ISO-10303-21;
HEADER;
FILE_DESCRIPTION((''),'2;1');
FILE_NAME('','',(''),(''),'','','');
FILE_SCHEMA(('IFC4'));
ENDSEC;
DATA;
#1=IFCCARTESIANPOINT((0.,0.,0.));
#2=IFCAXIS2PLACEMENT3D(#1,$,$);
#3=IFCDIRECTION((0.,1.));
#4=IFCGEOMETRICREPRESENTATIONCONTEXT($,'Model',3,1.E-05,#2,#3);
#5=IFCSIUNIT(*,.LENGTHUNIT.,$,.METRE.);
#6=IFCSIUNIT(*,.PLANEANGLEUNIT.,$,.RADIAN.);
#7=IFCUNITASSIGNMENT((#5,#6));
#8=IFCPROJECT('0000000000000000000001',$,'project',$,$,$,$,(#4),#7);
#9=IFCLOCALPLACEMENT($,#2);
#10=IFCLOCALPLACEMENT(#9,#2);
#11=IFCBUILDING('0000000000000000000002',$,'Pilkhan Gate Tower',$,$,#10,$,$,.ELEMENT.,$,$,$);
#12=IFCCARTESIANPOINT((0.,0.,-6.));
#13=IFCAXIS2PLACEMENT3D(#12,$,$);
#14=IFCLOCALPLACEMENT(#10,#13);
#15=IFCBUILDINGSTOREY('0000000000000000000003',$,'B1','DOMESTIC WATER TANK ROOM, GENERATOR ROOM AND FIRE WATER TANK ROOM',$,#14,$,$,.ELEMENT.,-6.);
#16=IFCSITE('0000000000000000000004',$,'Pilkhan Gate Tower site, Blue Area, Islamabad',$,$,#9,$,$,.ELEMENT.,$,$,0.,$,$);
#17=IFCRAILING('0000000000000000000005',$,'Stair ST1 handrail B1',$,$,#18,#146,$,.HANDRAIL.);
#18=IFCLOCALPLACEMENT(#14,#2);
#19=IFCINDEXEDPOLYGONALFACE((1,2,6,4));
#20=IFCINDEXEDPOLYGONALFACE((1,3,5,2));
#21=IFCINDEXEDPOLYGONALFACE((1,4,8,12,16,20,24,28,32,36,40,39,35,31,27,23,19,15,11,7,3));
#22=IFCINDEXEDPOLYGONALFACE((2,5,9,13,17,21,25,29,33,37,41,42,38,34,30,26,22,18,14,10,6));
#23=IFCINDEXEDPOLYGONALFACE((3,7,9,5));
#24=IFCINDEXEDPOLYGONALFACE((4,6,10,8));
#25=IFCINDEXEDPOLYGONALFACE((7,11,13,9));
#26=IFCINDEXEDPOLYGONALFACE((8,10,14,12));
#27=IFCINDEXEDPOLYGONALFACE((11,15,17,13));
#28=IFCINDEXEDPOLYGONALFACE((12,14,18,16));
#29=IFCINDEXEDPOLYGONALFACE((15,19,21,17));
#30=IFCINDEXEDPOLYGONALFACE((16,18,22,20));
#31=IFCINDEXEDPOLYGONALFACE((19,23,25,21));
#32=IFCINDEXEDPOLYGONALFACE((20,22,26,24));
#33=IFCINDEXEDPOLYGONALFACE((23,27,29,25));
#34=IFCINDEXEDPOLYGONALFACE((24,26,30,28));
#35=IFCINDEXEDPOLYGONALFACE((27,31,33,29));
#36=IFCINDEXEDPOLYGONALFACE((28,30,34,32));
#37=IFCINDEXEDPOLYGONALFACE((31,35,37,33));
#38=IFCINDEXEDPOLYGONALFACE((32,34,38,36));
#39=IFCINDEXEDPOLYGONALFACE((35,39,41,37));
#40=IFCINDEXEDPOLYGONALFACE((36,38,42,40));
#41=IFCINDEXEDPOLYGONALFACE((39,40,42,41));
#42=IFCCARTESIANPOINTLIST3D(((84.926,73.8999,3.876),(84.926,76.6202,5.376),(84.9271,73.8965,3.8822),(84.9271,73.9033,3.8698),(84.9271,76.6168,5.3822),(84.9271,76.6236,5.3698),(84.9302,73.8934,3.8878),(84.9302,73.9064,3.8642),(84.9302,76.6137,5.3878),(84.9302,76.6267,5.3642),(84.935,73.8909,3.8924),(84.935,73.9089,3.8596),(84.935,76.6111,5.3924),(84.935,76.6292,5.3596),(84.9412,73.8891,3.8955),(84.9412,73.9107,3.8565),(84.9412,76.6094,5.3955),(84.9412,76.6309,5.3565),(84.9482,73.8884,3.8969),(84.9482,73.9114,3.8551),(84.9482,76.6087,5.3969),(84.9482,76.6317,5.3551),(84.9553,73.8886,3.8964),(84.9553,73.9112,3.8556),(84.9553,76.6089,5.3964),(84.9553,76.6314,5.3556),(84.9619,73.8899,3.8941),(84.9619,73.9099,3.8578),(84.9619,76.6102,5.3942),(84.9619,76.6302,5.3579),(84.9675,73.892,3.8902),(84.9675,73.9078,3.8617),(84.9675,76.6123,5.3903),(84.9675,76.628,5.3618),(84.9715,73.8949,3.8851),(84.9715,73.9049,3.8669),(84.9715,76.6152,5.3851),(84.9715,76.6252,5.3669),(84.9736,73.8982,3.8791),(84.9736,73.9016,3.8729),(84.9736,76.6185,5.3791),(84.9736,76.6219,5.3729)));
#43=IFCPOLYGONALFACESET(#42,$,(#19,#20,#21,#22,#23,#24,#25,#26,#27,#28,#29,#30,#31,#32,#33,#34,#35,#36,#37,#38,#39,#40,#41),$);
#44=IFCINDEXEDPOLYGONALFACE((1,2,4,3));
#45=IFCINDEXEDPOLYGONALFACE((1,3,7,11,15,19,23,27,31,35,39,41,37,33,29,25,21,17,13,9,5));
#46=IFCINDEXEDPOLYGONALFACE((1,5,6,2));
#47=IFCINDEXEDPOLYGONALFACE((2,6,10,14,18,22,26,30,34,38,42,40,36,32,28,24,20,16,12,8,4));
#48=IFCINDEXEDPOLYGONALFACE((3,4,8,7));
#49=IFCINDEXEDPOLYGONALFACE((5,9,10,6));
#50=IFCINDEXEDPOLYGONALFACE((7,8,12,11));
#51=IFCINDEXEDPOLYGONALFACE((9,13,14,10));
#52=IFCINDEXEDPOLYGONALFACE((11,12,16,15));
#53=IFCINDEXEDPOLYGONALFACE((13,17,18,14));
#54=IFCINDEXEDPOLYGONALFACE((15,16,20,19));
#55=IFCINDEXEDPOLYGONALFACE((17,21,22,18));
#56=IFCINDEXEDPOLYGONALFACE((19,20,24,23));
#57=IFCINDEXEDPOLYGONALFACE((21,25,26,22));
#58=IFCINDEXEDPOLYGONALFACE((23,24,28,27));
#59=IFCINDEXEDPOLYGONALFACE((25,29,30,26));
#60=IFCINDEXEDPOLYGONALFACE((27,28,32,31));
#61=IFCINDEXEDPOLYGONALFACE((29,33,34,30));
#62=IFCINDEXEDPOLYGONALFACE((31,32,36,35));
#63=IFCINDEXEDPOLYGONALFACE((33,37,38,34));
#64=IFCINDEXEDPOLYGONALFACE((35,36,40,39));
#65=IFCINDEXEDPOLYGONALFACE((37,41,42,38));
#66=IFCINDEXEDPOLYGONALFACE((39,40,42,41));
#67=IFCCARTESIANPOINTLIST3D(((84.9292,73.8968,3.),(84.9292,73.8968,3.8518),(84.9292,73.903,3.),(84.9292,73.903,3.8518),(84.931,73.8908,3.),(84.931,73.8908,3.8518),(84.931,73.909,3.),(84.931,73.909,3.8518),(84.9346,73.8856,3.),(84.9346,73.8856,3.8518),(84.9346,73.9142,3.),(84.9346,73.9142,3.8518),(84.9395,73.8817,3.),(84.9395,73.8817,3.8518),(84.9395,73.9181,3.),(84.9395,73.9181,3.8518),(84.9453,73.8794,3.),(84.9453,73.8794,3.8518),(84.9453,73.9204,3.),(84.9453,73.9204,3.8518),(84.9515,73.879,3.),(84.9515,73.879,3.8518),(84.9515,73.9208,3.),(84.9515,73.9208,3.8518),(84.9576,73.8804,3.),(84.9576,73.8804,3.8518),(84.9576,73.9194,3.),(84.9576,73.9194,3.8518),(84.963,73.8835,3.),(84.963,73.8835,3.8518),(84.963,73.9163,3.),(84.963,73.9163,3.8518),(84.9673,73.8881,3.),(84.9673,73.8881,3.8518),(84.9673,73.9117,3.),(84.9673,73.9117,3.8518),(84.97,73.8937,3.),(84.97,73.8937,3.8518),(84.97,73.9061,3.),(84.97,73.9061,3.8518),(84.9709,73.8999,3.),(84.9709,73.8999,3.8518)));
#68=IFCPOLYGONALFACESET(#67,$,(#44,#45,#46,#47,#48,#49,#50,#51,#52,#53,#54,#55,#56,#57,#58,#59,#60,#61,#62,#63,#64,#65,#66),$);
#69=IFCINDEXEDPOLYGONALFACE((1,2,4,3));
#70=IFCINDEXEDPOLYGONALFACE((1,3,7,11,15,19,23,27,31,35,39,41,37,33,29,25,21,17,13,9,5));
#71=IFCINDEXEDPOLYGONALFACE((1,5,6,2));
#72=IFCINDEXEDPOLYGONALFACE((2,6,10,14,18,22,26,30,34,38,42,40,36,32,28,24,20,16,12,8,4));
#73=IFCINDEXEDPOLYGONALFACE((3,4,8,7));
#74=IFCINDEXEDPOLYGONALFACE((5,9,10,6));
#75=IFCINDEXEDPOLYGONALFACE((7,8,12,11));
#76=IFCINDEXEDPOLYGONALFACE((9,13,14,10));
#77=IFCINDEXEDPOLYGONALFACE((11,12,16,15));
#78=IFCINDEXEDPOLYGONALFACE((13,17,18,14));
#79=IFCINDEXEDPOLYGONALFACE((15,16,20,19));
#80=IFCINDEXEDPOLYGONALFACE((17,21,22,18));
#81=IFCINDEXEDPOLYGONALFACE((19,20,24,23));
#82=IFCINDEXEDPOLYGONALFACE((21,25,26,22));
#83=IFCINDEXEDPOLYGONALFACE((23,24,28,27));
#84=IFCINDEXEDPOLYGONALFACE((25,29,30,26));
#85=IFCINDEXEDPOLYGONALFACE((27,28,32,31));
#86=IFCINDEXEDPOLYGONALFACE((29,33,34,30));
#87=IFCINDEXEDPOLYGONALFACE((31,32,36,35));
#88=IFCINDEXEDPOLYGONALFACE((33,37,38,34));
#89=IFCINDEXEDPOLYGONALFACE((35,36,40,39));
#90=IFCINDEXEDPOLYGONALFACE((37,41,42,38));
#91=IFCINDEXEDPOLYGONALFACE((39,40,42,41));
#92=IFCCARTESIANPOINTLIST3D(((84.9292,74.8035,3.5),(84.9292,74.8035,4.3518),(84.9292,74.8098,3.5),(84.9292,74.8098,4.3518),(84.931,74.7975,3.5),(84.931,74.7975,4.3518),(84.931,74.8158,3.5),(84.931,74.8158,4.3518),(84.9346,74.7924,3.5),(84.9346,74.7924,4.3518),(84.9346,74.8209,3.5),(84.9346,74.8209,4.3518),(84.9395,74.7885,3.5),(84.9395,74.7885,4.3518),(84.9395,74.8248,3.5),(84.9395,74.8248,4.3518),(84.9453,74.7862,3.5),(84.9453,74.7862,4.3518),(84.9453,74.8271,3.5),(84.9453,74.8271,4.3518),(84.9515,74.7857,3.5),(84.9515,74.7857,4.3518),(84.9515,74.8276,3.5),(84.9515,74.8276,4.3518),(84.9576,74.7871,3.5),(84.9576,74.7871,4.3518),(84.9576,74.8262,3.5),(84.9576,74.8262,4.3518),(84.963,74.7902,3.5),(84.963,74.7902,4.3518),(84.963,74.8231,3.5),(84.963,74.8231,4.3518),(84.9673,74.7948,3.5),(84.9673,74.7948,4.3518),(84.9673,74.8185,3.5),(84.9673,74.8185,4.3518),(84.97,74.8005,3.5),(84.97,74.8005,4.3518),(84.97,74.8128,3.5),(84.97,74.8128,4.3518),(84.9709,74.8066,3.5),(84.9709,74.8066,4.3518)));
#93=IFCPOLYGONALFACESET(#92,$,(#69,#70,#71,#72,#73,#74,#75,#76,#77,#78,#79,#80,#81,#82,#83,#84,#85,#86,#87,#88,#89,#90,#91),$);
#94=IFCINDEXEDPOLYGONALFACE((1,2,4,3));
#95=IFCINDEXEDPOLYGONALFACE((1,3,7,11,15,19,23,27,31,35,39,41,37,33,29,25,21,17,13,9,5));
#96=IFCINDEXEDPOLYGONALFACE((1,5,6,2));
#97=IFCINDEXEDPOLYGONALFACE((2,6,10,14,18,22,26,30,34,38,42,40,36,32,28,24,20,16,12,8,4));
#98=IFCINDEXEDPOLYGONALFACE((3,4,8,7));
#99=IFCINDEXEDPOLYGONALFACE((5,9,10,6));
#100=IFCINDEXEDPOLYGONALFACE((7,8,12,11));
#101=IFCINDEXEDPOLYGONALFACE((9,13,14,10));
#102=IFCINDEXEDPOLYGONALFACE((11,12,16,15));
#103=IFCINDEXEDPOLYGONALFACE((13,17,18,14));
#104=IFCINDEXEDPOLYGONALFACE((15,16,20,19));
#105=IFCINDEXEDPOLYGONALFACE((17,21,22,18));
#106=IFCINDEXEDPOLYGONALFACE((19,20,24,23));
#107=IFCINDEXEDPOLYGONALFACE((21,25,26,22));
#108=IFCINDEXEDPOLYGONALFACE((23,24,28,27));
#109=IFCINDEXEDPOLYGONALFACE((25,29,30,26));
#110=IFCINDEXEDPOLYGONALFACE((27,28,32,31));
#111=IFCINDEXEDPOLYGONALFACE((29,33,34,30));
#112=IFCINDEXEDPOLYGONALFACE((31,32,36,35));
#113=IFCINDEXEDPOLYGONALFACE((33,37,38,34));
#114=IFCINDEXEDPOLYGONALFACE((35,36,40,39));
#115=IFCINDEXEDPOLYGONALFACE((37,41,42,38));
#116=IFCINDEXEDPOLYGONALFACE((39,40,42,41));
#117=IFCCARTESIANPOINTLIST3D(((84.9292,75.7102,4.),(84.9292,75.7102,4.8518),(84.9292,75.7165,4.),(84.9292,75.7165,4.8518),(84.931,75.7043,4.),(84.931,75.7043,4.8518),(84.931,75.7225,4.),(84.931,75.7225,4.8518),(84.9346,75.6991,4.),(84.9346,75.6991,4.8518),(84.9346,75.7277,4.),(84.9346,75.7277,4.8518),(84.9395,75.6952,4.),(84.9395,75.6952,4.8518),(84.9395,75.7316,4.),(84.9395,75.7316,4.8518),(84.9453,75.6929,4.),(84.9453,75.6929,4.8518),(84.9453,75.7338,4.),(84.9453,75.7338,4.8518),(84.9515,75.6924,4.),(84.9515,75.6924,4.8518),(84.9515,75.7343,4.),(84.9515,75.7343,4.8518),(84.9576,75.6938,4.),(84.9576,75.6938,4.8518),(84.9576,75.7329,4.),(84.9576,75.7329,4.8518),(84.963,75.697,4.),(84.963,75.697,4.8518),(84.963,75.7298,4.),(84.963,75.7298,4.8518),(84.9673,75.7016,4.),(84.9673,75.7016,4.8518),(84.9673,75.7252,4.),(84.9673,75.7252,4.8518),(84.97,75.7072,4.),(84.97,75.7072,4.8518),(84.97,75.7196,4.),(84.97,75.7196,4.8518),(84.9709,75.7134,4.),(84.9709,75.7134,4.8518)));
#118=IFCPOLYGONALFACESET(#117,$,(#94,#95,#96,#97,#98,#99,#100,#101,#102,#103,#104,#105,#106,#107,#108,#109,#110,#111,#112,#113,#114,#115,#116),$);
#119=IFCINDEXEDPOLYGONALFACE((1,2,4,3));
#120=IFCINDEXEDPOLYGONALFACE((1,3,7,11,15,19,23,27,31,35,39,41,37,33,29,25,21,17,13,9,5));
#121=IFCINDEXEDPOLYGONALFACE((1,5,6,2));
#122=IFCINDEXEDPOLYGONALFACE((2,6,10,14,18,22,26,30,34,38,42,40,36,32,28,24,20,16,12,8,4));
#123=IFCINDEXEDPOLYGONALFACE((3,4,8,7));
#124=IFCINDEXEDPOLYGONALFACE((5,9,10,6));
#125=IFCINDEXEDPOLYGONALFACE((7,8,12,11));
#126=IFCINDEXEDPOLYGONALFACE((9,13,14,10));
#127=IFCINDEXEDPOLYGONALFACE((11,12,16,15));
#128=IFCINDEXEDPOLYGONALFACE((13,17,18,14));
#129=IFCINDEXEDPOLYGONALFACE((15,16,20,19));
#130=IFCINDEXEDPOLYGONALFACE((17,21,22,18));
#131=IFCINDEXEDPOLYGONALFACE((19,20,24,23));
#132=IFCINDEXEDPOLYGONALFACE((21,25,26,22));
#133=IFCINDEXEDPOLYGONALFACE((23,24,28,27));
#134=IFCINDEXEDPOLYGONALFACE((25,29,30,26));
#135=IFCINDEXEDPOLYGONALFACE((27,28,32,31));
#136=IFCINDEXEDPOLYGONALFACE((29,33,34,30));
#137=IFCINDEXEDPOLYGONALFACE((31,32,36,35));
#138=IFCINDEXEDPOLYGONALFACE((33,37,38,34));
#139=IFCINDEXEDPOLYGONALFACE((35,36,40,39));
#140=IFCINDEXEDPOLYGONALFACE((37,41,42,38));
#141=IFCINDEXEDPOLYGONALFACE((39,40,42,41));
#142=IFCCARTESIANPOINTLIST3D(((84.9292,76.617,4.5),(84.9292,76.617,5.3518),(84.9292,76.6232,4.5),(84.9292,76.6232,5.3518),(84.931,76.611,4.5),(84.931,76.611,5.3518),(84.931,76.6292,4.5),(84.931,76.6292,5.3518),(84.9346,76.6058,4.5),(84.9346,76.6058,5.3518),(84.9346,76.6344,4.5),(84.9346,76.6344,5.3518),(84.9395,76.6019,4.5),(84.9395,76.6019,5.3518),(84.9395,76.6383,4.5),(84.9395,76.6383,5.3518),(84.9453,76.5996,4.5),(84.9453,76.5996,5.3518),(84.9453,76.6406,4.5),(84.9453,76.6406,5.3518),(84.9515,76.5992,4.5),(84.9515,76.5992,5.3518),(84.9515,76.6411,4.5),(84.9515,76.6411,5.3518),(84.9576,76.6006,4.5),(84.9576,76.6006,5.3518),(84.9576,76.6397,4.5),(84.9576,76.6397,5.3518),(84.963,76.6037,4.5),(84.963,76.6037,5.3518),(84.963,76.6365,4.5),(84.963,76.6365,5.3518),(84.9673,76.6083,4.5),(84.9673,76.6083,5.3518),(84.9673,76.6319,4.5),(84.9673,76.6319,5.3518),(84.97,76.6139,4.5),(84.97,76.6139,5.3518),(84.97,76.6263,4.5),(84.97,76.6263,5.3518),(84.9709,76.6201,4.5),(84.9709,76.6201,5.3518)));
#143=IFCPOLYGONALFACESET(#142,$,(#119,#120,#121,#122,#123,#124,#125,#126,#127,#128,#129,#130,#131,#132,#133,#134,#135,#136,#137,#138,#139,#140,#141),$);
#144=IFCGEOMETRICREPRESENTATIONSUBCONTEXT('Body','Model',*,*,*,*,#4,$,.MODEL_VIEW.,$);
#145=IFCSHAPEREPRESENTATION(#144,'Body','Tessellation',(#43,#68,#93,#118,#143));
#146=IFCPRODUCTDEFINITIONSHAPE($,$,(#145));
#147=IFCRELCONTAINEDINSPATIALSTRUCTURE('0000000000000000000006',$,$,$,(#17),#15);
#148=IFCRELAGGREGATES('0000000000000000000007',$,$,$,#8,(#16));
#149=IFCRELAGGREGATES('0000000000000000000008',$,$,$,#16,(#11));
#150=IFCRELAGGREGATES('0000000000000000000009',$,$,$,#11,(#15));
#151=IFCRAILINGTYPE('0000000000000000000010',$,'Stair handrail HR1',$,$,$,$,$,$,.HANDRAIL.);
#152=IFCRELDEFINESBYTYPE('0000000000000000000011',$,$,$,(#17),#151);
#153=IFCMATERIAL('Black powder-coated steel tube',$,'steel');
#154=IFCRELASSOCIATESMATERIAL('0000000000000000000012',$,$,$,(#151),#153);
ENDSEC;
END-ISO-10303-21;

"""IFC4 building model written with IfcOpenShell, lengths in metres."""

from ifc_helpers import new_model, si_unit, direction, frame, origin, origin_2d, place, context, subcontext, project, spatial, circle, extrude, material, type_object, element, save


model = new_model("IFC4")

# Units and contexts
model_context = context("Model", 3, precision=1e-05, world=origin(), true_north=direction((0.0, 1.0)))
body_context = subcontext(model_context, "Body", "Model", "MODEL_VIEW")
ifc_project = project(units=[si_unit("LENGTHUNIT", "METRE"), si_unit("PLANEANGLEUNIT", "RADIAN")], contexts=[model_context])

# Site, building, storey
site_placement = place(None, origin())
site = spatial("IfcSite", under=ifc_project, at=site_placement, Name="Pilkhan Gate Tower site, Blue Area, Islamabad", CompositionType="ELEMENT", RefElevation=0.0)
building_placement = place(site_placement, origin())
building = spatial("IfcBuilding", under=site, at=building_placement, Name="Pilkhan Gate Tower", CompositionType="ELEMENT")
storey_placement = place(building_placement, frame((0.0, 0.0, -6.0)))
storey = spatial("IfcBuildingStorey", under=building, at=storey_placement, Name="B1", Description="DOMESTIC WATER TANK ROOM, GENERATOR ROOM AND FIRE WATER TANK ROOM", CompositionType="ELEMENT", Elevation=-6.0)

# Railing
ifc_material_1 = material(Name="Black powder-coated steel tube", Category="steel")
railing_type = type_object("IfcRailingType", Name="Stair handrail HR1", PredefinedType="HANDRAIL", material=ifc_material_1)
for number, where, name in (
    (1, (84.95, 73.8999, 3.0), "Stair ST1 handrail B1"),
):
    element("IfcRailing", number, at=place(storey_placement, frame(where)), inside=storey, type_object=railing_type, Name=name, PredefinedType="HANDRAIL", context=body_context, shape_type="SweptSolid", body=[
        extrude(circle(Radius=0.0239, at=origin_2d()), frame((0.0, 0.0, 0.876), z_axis=(0.0, 0.875688, 0.482878), x_axis=(-1.0, 0.0, 0.0)), (0.0, 0.0, 1.0), 3.1064),
        extrude(circle(Radius=0.021, at=origin_2d()), origin(), (0.0, 0.0, 1.0), 0.8518),
        extrude(circle(Radius=0.021, at=origin_2d()), frame((0.0, 0.9067, 0.5)), (0.0, 0.0, 1.0), 0.8518),
        extrude(circle(Radius=0.021, at=origin_2d()), frame((0.0, 1.8135, 1.0)), (0.0, 0.0, 1.0), 0.8518),
        extrude(circle(Radius=0.021, at=origin_2d()), frame((0.0, 2.7202, 1.5)), (0.0, 0.0, 1.0), 0.8518),
    ])

save(model, "model.ifc")
